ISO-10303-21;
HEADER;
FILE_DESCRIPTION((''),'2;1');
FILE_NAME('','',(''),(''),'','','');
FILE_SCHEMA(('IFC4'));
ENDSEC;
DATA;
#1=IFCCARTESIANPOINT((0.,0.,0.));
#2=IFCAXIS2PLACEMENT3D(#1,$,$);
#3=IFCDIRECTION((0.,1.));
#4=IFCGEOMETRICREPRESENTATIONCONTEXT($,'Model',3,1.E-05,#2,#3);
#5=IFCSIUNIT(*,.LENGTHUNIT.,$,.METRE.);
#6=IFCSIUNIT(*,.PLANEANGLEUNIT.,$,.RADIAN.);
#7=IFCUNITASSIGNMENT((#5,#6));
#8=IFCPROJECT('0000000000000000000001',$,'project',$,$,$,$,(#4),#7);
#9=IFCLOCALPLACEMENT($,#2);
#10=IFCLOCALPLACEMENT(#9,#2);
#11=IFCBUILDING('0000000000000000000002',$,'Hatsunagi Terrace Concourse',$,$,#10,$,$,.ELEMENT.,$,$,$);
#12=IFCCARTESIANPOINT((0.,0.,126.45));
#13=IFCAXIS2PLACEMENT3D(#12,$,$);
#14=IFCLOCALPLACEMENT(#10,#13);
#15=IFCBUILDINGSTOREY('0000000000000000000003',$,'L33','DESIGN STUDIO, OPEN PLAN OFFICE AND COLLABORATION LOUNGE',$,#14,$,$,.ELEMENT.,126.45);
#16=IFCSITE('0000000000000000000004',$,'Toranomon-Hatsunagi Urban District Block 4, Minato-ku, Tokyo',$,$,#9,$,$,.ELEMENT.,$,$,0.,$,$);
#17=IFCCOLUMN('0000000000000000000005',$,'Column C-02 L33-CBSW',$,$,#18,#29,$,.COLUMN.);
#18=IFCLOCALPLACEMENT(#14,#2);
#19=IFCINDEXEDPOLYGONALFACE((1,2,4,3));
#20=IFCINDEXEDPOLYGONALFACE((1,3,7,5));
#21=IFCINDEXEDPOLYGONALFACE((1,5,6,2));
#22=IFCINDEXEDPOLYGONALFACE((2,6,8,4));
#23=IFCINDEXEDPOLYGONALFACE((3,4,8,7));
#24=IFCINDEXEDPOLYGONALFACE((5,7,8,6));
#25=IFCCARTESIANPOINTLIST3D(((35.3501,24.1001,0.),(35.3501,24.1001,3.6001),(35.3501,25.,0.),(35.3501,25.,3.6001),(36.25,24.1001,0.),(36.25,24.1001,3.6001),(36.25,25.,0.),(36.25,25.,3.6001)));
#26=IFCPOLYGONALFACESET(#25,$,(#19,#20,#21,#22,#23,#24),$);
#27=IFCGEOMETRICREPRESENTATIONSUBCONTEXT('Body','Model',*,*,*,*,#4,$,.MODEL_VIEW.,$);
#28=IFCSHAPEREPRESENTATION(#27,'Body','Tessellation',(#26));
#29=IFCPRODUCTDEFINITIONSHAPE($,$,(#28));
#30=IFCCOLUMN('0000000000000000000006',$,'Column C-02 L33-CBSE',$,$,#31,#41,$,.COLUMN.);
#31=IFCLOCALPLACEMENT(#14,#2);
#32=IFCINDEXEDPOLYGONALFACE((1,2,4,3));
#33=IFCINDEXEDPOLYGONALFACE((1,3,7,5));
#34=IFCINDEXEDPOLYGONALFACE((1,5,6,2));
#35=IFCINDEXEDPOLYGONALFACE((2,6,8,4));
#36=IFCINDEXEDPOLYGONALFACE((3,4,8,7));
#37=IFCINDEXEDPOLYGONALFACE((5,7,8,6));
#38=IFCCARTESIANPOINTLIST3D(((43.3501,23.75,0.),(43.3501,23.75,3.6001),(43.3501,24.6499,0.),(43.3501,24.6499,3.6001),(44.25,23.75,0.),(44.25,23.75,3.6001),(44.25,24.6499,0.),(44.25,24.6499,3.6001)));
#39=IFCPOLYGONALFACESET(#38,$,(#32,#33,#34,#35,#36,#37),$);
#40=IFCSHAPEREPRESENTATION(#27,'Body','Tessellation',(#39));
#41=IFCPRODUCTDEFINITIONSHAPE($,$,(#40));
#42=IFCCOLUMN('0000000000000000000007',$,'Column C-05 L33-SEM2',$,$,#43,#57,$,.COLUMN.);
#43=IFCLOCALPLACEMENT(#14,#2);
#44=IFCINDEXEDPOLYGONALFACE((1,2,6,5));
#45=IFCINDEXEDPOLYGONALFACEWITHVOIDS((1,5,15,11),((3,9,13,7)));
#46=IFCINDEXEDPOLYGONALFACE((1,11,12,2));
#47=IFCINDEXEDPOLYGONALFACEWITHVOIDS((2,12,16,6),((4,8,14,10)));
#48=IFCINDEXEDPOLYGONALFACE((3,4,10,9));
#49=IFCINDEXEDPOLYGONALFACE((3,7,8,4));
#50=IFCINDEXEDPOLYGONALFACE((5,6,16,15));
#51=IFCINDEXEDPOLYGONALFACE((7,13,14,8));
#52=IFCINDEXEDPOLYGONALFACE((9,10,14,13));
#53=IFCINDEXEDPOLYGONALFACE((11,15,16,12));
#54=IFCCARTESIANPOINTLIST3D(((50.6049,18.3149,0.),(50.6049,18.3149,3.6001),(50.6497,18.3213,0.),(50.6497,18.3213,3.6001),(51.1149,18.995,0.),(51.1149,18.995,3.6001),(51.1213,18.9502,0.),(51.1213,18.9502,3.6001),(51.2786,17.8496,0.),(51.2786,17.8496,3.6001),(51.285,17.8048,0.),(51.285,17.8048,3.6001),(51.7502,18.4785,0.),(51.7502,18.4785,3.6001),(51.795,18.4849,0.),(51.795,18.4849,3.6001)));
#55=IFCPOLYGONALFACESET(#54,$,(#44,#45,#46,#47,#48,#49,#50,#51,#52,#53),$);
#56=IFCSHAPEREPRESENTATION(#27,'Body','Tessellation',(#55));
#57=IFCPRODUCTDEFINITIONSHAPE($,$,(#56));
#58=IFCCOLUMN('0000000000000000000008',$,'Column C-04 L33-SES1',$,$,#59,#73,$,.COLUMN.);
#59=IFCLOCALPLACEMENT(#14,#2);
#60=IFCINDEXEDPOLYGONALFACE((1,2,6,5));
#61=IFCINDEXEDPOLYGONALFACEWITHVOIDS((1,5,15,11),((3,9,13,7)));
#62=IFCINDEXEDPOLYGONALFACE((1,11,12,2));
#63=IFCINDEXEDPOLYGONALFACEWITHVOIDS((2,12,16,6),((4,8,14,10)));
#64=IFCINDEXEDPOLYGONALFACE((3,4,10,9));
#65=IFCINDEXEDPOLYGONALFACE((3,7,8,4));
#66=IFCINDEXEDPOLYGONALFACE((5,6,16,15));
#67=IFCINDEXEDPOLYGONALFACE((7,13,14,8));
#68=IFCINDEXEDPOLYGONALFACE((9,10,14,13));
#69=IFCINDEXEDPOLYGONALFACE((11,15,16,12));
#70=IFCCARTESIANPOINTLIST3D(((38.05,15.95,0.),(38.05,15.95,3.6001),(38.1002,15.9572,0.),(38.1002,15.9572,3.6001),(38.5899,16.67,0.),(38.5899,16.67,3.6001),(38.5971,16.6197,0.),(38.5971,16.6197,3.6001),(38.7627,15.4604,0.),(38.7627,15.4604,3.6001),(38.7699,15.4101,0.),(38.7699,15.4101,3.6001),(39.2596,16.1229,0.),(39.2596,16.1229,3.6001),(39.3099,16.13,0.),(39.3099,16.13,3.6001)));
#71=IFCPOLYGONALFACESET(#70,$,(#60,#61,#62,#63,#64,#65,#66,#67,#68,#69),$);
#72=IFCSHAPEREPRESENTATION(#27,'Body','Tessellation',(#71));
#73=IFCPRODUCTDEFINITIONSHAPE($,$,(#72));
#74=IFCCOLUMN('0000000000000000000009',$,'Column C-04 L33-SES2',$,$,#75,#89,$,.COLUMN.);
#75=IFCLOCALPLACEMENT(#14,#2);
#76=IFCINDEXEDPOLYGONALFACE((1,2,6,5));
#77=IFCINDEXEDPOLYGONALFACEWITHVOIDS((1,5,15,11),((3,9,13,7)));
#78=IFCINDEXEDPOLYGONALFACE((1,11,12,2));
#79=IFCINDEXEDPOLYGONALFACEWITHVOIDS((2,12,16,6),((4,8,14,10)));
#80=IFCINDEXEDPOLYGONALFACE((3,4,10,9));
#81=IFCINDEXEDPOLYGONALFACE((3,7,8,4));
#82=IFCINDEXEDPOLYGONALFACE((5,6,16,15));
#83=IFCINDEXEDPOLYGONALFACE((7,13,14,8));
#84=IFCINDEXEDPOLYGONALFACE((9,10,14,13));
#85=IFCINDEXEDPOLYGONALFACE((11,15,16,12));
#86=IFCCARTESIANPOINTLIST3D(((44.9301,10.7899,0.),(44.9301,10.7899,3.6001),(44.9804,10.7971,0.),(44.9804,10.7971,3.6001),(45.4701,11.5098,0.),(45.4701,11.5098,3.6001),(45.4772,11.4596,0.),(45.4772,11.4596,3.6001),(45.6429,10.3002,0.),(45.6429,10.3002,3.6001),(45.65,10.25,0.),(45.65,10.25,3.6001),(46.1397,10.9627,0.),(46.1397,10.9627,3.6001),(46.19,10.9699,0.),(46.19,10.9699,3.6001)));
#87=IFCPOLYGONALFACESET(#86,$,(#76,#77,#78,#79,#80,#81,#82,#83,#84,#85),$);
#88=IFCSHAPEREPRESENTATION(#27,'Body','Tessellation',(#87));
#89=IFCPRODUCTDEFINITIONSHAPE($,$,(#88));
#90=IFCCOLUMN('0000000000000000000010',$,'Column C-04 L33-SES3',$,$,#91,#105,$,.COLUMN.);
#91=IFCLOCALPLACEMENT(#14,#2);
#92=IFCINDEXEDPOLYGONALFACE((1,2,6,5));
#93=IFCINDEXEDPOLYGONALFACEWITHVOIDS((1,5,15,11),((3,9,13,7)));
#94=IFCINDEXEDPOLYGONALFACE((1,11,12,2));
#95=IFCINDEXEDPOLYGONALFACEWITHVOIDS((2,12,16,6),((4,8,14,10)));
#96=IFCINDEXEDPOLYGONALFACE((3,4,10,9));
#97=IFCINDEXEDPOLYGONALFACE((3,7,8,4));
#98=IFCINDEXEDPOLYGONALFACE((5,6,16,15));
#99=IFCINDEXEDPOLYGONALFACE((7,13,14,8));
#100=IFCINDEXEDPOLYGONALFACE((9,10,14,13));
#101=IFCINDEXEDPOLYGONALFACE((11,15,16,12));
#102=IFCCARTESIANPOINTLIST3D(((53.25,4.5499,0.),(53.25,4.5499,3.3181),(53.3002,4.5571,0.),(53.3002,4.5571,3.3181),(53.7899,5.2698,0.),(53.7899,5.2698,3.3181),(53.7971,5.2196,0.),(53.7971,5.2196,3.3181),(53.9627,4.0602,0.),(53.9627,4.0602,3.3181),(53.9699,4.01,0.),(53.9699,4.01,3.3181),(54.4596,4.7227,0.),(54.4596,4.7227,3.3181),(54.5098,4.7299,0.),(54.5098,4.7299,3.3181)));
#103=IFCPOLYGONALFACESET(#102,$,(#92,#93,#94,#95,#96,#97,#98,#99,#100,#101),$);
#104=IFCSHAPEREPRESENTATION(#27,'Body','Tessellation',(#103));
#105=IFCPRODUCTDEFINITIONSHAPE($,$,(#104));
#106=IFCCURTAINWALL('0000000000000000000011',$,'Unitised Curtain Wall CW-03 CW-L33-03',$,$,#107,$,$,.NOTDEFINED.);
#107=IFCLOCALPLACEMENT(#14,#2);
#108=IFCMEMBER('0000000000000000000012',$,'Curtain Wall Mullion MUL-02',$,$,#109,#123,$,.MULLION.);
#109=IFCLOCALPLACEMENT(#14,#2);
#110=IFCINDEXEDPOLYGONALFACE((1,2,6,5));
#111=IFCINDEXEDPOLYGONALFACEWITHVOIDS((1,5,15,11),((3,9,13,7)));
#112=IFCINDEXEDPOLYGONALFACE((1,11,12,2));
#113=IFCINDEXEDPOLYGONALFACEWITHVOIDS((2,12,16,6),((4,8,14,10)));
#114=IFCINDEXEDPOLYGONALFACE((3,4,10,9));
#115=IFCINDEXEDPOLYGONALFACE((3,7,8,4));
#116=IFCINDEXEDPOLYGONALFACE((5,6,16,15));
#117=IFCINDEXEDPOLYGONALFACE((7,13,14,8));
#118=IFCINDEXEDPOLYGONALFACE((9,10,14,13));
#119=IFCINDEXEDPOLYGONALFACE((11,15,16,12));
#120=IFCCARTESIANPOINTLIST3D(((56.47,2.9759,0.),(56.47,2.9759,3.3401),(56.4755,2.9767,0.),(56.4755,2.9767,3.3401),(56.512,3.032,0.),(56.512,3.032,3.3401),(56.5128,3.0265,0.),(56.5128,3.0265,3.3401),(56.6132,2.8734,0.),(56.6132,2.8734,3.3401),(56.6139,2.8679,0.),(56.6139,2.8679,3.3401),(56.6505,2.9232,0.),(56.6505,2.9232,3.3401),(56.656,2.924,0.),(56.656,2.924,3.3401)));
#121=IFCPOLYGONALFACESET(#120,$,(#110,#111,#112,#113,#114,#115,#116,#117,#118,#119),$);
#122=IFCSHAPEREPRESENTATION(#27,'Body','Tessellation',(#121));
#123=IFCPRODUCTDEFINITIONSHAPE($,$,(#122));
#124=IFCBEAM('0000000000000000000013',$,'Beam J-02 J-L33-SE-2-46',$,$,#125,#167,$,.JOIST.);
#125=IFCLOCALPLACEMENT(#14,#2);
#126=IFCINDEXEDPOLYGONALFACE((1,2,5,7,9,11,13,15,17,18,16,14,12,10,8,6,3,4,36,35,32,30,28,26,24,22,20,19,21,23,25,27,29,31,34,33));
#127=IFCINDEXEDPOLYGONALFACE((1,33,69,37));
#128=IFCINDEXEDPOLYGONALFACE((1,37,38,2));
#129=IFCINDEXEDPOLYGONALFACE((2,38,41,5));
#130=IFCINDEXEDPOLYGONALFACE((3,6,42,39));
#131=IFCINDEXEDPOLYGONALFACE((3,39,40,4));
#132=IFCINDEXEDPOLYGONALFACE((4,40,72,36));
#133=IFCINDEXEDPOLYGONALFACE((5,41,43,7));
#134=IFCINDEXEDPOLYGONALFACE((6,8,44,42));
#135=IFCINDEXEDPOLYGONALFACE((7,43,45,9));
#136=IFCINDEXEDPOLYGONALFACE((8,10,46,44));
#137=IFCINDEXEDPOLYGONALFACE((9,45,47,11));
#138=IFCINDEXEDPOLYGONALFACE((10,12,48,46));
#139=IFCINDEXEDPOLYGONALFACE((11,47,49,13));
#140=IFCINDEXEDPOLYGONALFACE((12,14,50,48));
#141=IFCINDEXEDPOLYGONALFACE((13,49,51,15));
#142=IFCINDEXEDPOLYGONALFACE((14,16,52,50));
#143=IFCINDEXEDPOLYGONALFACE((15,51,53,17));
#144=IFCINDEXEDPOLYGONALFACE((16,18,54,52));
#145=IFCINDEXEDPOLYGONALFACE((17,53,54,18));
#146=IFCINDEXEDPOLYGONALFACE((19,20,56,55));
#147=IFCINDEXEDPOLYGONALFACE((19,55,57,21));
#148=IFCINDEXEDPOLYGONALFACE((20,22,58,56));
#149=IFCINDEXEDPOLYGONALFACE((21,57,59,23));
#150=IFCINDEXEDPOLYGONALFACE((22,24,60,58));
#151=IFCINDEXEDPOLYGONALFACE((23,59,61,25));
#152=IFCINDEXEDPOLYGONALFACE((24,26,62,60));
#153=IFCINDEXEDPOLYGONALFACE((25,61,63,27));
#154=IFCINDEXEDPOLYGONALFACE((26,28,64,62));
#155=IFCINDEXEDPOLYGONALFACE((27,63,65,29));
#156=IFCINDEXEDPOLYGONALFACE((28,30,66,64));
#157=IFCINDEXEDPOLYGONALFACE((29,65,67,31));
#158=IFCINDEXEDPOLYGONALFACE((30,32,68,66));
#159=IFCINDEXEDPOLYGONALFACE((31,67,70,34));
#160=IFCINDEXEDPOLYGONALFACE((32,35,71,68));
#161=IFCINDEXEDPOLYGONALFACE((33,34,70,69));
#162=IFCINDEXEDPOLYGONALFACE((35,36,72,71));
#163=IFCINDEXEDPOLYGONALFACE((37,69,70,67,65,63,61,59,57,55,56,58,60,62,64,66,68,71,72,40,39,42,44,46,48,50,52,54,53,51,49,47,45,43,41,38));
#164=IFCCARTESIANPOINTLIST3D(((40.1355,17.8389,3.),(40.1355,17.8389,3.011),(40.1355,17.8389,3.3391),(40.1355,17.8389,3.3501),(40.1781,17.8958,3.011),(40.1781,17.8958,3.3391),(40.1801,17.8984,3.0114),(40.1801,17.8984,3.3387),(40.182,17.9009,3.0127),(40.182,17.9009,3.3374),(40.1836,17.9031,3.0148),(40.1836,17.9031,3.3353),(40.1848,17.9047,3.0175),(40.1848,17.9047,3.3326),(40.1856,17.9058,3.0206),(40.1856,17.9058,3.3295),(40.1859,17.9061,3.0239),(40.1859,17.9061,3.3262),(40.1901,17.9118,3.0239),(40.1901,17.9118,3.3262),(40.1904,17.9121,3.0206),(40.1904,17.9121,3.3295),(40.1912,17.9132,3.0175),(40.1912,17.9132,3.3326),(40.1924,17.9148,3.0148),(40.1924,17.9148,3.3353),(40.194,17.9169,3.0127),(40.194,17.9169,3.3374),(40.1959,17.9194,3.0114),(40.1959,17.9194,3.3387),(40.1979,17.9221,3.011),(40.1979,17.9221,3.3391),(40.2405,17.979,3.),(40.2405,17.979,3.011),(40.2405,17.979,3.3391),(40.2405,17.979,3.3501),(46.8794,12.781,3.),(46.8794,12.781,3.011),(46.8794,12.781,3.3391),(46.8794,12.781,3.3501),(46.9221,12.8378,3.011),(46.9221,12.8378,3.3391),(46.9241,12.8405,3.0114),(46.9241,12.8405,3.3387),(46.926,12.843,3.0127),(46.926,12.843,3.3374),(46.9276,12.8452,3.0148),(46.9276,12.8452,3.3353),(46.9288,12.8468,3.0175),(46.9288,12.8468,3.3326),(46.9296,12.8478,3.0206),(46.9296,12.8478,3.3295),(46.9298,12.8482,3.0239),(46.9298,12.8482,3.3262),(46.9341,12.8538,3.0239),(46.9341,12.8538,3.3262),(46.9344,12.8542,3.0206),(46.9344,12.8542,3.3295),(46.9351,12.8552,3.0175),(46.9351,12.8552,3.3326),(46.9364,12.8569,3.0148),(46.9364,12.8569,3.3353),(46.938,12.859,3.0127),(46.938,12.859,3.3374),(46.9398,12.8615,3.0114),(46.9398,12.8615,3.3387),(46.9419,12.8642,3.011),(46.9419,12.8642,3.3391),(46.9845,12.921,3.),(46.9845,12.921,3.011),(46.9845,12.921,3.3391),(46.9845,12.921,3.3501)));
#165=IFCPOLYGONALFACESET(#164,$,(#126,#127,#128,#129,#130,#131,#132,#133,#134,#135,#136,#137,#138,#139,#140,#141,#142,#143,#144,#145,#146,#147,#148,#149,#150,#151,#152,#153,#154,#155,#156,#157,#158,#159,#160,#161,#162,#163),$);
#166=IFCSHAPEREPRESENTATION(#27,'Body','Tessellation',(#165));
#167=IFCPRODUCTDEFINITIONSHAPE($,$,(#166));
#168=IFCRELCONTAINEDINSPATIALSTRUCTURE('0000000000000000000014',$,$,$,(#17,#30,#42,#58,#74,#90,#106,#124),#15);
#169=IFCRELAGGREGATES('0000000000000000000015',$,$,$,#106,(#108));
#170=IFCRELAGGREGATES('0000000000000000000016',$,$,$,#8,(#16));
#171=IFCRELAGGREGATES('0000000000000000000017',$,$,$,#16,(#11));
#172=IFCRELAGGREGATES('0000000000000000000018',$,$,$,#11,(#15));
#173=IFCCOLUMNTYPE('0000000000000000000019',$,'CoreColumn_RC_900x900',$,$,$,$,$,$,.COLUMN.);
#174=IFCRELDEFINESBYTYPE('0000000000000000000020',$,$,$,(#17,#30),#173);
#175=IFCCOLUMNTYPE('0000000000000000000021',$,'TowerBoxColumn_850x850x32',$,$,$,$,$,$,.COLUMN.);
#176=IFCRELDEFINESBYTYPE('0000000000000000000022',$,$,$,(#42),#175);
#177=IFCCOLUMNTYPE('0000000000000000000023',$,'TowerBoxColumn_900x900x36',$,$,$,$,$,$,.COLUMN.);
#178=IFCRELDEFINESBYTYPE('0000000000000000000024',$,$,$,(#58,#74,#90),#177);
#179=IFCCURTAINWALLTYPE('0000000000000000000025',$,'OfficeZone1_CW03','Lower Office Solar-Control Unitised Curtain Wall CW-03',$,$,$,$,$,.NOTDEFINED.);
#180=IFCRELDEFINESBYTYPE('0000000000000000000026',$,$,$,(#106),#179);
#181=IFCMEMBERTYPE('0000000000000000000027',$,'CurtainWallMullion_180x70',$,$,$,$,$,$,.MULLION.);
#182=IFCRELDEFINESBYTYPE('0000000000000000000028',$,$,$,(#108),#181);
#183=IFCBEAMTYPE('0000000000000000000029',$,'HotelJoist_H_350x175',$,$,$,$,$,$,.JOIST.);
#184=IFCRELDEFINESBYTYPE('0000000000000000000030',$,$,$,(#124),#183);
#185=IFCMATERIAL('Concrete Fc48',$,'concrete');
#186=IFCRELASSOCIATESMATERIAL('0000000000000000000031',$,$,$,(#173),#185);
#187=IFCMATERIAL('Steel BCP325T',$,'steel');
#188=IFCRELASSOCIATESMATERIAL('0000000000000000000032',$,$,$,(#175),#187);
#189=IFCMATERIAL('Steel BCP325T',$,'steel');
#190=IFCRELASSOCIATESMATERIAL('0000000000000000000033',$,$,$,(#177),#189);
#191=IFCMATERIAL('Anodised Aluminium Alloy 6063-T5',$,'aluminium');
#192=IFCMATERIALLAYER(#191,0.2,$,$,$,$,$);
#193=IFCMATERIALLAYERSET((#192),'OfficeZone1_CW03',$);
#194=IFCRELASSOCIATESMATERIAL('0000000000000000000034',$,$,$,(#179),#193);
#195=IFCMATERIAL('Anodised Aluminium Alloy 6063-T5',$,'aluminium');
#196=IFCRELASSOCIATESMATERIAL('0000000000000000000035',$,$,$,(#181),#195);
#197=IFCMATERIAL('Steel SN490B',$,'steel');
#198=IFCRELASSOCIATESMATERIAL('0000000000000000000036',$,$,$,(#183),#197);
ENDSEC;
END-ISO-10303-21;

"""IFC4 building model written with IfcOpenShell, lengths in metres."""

from ifc_helpers import new_model, si_unit, direction, frame, origin, origin_2d, place, context, subcontext, project, spatial, rectangle, hollow_rectangle, i_section, extrude, material, layer, layer_set, material_profile, profile_set, type_object, element, aggregate, save


model = new_model("IFC4")

# Units and contexts
model_context = context("Model", 3, precision=1e-05, world=origin(), true_north=direction((0.0, 1.0)))
body_context = subcontext(model_context, "Body", "Model", "MODEL_VIEW")
ifc_project = project(units=[si_unit("LENGTHUNIT", "METRE"), si_unit("PLANEANGLEUNIT", "RADIAN")], contexts=[model_context])

# Site, building, storey
site_placement = place(None, origin())
site = spatial("IfcSite", under=ifc_project, at=site_placement, Name="Toranomon-Hatsunagi Urban District Block 4, Minato-ku, Tokyo", CompositionType="ELEMENT", RefElevation=0.0)
building_placement = place(site_placement, origin())
building = spatial("IfcBuilding", under=site, at=building_placement, Name="Hatsunagi Terrace Concourse", CompositionType="ELEMENT")
storey_placement = place(building_placement, frame((0.0, 0.0, 126.45)))
storey = spatial("IfcBuildingStorey", under=building, at=storey_placement, Name="L33", Description="DESIGN STUDIO, OPEN PLAN OFFICE AND COLLABORATION LOUNGE", CompositionType="ELEMENT", Elevation=126.45)

# Columns
ifc_material_1 = material(Name="Concrete Fc48", Category="concrete")
ifc_material_profile_1 = material_profile(ifc_material_1, rectangle(XDim=0.8999, YDim=0.8999, at=origin_2d()), Name="RC-900x900")
ifc_profile_set_1 = profile_set([ifc_material_profile_1], Name="Concrete Fc48")
column_type_1 = type_object("IfcColumnType", Name="CoreColumn_RC_900x900", PredefinedType="COLUMN", material=ifc_profile_set_1)
for number, where, z_axis, x_axis, name in (
    (1, (35.8, 24.55, 0.0), (0.0, 0.0, 1.0), (1.0, 0.0, 0.0), "Column C-02 L33-CBSW"),
    (2, (43.8, 24.2, 0.0), (0.0, 0.0, 1.0), (1.0, 0.0, 0.0), "Column C-02 L33-CBSE"),
):
    element("IfcColumn", number, at=place(storey_placement, frame(where, z_axis=z_axis, x_axis=x_axis)), inside=storey, type_object=column_type_1, Name=name, PredefinedType="COLUMN", context=body_context, shape_type="SweptSolid", body=[
        extrude(rectangle(XDim=0.8999, YDim=0.8999, at=origin_2d()), origin(), (0.0, 0.0, 1.0), 3.6001),
    ])
ifc_material_2 = material(Name="Steel BCP325T", Category="steel")
ifc_material_profile_2 = material_profile(ifc_material_2, hollow_rectangle(XDim=0.8501, YDim=0.8501, WallThickness=0.032, at=origin_2d()), Name="BCP-850x850x32")
ifc_profile_set_2 = profile_set([ifc_material_profile_2], Name="Steel BCP325T")
column_type_2 = type_object("IfcColumnType", Name="TowerBoxColumn_850x850x32", PredefinedType="COLUMN", material=ifc_profile_set_2)
column_1_placement = place(storey_placement, frame((51.2, 18.3999, 0.0), z_axis=(0.0, 0.0, 1.0), x_axis=(0.8, -0.6, 0.0)))
element("IfcColumn", 3, at=column_1_placement, inside=storey, type_object=column_type_2, Name="Column C-05 L33-SEM2", PredefinedType="COLUMN", context=body_context, shape_type="SweptSolid", body=[
    extrude(hollow_rectangle(XDim=0.8501, YDim=0.8501, WallThickness=0.032, at=origin_2d()), origin(), (0.0, 0.0, 1.0), 3.6001),
])
ifc_material_3 = material(Name="Steel BCP325T", Category="steel")
ifc_material_profile_3 = material_profile(ifc_material_3, hollow_rectangle(XDim=0.8999, YDim=0.8999, WallThickness=0.0359, at=origin_2d()), Name="BCP-900x900x36")
ifc_profile_set_3 = profile_set([ifc_material_profile_3], Name="Steel BCP325T")
column_type_3 = type_object("IfcColumnType", Name="TowerBoxColumn_900x900x36", PredefinedType="COLUMN", material=ifc_profile_set_3)
for number, where, z_axis, x_axis, name in (
    (4, (38.6799, 16.04, 0.0), (0.0, 0.0, 1.0), (0.8, -0.6, 0.0), "Column C-04 L33-SES1"),
    (5, (45.5601, 10.8799, 0.0), (0.0, 0.0, 1.0), (0.8, -0.6, 0.0), "Column C-04 L33-SES2"),
):
    element("IfcColumn", number, at=place(storey_placement, frame(where, z_axis=z_axis, x_axis=x_axis)), inside=storey, type_object=column_type_3, Name=name, PredefinedType="COLUMN", context=body_context, shape_type="SweptSolid", body=[
        extrude(hollow_rectangle(XDim=0.8999, YDim=0.8999, WallThickness=0.0359, at=origin_2d()), origin(), (0.0, 0.0, 1.0), 3.6001),
    ])
column_2_placement = place(storey_placement, frame((53.8799, 4.6399, 0.0), z_axis=(0.0, 0.0, 1.0), x_axis=(0.8, -0.6, 0.0)))
element("IfcColumn", 6, at=column_2_placement, inside=storey, type_object=column_type_3, Name="Column C-04 L33-SES3", PredefinedType="COLUMN", context=body_context, shape_type="SweptSolid", body=[
    extrude(hollow_rectangle(XDim=0.8999, YDim=0.8999, WallThickness=0.0359, at=origin_2d()), origin(), (0.0, 0.0, 1.0), 3.3181),
])

# Curtain wall, member
ifc_material_4 = material(Name="Anodised Aluminium Alloy 6063-T5", Category="aluminium")
ifc_layer_1 = layer(ifc_material_4, 0.2)
ifc_layer_set_1 = layer_set([ifc_layer_1], Name="OfficeZone1_CW03")
curtain_wall_type = type_object("IfcCurtainWallType", Name="OfficeZone1_CW03", Description="Lower Office Solar-Control Unitised Curtain Wall CW-03", PredefinedType="NOTDEFINED", material=ifc_layer_set_1)
curtain_wall_placement = place(storey_placement, origin())
curtain_wall = element("IfcCurtainWall", 7, at=curtain_wall_placement, inside=storey, type_object=curtain_wall_type, Name="Unitised Curtain Wall CW-03 CW-L33-03", PredefinedType="NOTDEFINED")
ifc_material_5 = material(Name="Anodised Aluminium Alloy 6063-T5", Category="aluminium")
ifc_material_profile_4 = material_profile(ifc_material_5, hollow_rectangle(XDim=0.0701, YDim=0.1799, WallThickness=0.0039, at=origin_2d()), Name="ALU-MUL-180x70x4")
ifc_profile_set_4 = profile_set([ifc_material_profile_4], Name="Anodised Aluminium Alloy 6063-T5")
member_type = type_object("IfcMemberType", Name="CurtainWallMullion_180x70", PredefinedType="MULLION", material=ifc_profile_set_4)
member_placement = place(storey_placement, frame((56.563, 2.95, 0.0), z_axis=(0.0, 0.0, 1.0), x_axis=(-0.599969, -0.800023, 0.0)))
member = element("IfcMember", 8, at=member_placement, type_object=member_type, Name="Curtain Wall Mullion MUL-02", PredefinedType="MULLION", context=body_context, shape_type="SweptSolid", body=[
    extrude(hollow_rectangle(XDim=0.0701, YDim=0.1799, WallThickness=0.0039, at=origin_2d()), origin(), (0.0, 0.0, 1.0), 3.3401),
])

# Beam
ifc_material_6 = material(Name="Steel SN490B", Category="steel")
ifc_material_profile_5 = material_profile(ifc_material_6, i_section(OverallWidth=0.175, OverallDepth=0.3501, WebThickness=0.0071, FlangeThickness=0.011, FilletRadius=0.0129, at=origin_2d()), Name="H-350x175x7x11")
ifc_profile_set_5 = profile_set([ifc_material_profile_5], Name="Steel SN490B")
beam_type_1 = type_object("IfcBeamType", Name="HotelJoist_H_350x175", PredefinedType="JOIST", material=ifc_profile_set_5)
for number, where, z_axis, x_axis, name in (
    (9, (40.188, 17.9089, 3.175), (0.800003, -0.599995, 0.0), (0.599995, 0.800003, 0.0), "Beam J-02 J-L33-SE-2-46"),
):
    element("IfcBeam", number, at=place(storey_placement, frame(where, z_axis=z_axis, x_axis=x_axis)), inside=storey, type_object=beam_type_1, Name=name, PredefinedType="JOIST", context=body_context, shape_type="SweptSolid", body=[
        extrude(i_section(OverallWidth=0.175, OverallDepth=0.3501, WebThickness=0.0071, FlangeThickness=0.011, FilletRadius=0.0129, at=origin_2d()), origin(), (0.0, 0.0, 1.0), 8.4299),
    ])

aggregate(curtain_wall, [member])

save(model, "model.ifc")
